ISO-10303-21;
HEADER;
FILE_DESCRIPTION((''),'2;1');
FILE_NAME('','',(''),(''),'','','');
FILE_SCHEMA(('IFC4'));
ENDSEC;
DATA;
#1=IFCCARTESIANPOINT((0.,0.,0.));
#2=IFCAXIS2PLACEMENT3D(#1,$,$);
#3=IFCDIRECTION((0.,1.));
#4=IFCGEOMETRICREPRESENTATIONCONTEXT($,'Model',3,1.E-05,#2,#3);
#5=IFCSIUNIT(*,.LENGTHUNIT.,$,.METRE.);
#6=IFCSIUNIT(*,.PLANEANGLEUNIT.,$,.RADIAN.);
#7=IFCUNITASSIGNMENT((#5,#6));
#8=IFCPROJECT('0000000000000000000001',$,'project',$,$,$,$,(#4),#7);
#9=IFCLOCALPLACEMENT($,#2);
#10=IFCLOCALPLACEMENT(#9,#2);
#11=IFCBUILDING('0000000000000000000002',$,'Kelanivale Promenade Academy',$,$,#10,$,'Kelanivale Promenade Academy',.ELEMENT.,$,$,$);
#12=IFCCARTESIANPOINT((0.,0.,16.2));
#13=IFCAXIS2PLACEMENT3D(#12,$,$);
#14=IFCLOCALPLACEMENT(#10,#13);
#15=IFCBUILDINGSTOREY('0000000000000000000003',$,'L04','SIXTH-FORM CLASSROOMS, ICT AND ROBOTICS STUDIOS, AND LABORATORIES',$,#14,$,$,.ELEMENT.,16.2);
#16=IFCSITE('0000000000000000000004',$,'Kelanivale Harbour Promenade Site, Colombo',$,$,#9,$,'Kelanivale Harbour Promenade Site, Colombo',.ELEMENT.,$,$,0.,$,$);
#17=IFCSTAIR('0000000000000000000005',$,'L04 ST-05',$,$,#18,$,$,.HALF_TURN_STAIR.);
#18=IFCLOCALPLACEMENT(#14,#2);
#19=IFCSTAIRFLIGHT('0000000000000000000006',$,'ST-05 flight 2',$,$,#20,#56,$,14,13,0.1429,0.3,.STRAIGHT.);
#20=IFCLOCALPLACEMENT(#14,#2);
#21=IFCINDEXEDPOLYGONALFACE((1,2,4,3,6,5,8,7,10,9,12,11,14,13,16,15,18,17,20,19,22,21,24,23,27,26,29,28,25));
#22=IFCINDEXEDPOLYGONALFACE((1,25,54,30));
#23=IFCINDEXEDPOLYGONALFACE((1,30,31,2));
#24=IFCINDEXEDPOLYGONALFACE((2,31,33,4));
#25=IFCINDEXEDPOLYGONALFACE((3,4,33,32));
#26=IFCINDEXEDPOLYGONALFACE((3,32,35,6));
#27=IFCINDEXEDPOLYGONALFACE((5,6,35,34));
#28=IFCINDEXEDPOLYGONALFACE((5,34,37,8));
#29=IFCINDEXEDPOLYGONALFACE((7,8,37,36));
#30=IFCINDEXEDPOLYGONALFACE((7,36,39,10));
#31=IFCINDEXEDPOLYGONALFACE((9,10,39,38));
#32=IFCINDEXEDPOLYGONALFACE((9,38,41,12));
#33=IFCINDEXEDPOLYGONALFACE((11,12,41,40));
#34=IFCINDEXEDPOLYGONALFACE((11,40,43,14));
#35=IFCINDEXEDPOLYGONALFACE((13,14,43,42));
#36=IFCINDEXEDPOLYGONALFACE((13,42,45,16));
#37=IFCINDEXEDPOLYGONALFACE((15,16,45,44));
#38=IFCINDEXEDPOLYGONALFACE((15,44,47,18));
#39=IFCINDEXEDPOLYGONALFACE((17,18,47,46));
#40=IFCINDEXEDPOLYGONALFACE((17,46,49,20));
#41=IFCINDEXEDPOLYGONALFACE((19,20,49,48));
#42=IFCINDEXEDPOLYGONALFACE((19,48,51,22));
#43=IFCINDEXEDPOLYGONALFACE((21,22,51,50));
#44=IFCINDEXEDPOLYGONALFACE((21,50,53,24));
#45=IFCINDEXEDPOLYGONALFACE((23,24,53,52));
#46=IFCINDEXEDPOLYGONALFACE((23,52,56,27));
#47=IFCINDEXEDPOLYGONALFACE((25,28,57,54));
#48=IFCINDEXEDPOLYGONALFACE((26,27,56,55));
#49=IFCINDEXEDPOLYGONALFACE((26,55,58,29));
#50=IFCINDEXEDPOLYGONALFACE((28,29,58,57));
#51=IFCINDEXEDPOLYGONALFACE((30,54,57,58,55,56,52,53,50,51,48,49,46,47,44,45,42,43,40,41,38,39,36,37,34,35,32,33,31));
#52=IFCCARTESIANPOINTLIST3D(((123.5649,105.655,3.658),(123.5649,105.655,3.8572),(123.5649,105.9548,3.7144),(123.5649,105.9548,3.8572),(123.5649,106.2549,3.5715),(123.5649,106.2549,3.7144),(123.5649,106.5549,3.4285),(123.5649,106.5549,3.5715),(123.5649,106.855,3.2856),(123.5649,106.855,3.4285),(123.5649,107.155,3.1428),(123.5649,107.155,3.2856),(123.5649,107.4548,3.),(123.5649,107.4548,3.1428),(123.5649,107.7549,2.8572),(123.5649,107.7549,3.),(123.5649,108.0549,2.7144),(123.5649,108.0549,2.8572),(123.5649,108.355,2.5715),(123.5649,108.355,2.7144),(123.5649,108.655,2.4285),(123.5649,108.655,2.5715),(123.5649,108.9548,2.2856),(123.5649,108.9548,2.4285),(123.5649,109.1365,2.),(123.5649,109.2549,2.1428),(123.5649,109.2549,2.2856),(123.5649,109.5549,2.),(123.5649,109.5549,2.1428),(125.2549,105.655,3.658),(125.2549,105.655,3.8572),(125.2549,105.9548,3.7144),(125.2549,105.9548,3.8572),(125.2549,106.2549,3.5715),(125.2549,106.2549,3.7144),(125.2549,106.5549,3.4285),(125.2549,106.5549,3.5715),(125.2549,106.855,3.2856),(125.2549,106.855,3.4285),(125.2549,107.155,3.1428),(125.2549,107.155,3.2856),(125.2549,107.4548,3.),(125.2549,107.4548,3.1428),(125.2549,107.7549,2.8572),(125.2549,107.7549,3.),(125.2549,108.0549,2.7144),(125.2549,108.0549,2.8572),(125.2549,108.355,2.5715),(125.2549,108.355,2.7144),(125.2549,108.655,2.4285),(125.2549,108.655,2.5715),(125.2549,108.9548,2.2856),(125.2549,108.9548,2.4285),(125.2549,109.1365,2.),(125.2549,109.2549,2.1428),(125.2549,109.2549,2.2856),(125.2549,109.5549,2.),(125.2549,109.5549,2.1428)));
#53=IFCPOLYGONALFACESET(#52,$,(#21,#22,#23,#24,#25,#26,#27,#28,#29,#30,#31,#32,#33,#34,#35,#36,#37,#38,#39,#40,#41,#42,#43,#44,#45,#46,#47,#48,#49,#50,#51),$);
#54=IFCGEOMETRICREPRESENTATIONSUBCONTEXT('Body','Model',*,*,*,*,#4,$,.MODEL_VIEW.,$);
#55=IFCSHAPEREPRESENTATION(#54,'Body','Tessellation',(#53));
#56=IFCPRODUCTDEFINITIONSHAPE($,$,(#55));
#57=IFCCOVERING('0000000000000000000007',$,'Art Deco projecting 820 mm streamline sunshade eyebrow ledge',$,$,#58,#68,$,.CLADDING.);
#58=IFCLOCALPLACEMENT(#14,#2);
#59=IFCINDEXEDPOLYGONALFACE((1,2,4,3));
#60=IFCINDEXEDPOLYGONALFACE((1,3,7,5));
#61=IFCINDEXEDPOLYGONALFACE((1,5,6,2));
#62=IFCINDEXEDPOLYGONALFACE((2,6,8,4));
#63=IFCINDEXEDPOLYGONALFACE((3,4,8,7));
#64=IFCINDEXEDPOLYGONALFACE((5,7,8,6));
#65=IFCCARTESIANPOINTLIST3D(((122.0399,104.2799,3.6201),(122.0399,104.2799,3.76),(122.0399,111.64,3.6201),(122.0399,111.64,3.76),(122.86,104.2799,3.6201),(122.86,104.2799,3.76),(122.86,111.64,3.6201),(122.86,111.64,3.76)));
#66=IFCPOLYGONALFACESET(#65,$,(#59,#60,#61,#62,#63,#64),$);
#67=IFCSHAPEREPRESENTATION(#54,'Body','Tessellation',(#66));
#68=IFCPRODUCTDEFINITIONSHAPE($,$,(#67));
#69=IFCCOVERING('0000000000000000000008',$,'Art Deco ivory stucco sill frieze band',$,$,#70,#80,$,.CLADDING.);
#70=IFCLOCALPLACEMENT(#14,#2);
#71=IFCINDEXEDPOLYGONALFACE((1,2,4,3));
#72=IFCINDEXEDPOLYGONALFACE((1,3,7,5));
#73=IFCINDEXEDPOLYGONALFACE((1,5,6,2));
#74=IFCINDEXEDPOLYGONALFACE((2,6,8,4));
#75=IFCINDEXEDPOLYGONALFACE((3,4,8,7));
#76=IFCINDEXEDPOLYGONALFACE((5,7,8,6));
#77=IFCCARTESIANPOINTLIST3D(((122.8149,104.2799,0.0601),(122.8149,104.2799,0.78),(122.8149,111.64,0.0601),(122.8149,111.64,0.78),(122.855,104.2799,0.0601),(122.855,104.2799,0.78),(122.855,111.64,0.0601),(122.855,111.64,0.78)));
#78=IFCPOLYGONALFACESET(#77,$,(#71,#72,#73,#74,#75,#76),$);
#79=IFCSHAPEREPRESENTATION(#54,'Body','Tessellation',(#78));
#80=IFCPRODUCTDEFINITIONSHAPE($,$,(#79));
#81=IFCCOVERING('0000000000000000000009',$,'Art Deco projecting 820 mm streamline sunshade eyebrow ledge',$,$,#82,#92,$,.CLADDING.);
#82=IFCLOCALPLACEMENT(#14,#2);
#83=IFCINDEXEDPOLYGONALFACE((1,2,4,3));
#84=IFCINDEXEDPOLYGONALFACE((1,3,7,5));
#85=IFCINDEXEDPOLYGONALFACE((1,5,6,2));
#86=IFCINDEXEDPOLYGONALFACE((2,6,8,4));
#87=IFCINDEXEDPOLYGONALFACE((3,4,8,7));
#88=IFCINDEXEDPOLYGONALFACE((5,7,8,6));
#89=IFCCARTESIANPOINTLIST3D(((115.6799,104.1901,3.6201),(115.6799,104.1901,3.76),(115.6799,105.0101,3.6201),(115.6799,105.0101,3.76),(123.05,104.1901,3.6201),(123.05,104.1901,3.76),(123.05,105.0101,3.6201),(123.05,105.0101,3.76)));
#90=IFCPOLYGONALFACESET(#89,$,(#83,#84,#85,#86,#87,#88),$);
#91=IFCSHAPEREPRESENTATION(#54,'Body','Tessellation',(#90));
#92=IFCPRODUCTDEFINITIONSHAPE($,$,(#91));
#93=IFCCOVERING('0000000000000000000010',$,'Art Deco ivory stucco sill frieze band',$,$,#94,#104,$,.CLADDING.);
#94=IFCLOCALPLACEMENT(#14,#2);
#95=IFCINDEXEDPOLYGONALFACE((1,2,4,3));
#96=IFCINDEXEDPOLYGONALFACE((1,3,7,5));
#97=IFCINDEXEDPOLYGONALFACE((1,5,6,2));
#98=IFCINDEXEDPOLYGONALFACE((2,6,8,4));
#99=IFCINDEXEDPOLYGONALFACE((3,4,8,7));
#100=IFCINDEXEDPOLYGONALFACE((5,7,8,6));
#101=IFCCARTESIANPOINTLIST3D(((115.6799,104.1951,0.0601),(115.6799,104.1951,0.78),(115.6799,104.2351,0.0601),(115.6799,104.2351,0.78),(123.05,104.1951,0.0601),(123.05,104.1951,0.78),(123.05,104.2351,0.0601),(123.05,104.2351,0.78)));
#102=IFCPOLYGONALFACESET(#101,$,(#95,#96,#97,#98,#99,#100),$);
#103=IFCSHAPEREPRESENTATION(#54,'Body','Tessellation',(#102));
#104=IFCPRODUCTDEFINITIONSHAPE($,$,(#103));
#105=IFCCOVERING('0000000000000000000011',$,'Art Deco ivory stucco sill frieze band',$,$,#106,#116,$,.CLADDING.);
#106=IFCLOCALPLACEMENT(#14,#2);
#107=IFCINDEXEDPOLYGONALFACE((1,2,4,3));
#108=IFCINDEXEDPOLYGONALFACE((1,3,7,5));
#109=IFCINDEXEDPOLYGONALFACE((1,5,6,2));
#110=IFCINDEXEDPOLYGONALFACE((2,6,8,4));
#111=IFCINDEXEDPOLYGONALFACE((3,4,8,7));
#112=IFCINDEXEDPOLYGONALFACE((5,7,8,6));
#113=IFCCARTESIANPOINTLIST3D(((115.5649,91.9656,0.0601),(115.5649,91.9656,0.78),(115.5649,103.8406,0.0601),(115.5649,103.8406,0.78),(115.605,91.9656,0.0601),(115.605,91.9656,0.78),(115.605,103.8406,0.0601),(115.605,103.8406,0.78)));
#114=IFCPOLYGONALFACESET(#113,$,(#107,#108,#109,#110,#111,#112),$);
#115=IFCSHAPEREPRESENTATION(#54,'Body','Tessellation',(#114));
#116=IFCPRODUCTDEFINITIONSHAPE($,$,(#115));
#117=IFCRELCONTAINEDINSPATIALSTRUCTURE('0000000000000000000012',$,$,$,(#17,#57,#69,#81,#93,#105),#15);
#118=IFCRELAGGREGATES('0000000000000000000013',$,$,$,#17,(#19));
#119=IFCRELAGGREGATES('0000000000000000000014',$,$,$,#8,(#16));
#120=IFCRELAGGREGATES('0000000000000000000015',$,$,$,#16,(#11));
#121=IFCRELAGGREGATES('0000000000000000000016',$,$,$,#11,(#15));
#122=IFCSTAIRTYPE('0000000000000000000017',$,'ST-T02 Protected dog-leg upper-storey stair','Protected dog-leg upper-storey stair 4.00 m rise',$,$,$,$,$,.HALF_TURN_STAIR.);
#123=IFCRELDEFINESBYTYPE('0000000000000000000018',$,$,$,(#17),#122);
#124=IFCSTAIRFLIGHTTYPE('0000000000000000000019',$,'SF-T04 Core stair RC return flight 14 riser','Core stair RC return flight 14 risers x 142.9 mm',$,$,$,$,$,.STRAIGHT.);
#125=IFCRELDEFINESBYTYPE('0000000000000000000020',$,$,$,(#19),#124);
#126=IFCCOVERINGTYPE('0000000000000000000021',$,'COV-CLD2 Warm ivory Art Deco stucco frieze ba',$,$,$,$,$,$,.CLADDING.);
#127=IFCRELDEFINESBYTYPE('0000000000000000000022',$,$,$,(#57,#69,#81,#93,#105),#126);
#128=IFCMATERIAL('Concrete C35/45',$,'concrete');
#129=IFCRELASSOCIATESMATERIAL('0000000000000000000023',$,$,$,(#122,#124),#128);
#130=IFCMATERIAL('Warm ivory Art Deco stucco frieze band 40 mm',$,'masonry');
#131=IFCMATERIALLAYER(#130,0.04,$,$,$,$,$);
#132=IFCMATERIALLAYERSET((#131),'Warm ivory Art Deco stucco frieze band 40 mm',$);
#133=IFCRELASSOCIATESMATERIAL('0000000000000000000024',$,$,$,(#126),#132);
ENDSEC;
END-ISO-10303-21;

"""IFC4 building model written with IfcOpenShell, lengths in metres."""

from ifc_helpers import new_model, si_unit, direction, frame, origin, origin_2d, place, context, subcontext, project, spatial, polyline, rectangle, outline, extrude, material, layer, layer_set, type_object, element, aggregate, save


model = new_model("IFC4")

# Units and contexts
model_context = context("Model", 3, precision=1e-05, world=origin(), true_north=direction((0.0, 1.0)))
body_context = subcontext(model_context, "Body", "Model", "MODEL_VIEW")
ifc_project = project(units=[si_unit("LENGTHUNIT", "METRE"), si_unit("PLANEANGLEUNIT", "RADIAN")], contexts=[model_context])

# Site, building, storey
site_placement = place(None, origin())
site = spatial("IfcSite", under=ifc_project, at=site_placement, Name="Kelanivale Harbour Promenade Site, Colombo", LongName="Kelanivale Harbour Promenade Site, Colombo", CompositionType="ELEMENT", RefElevation=0.0)
building_placement = place(site_placement, origin())
building = spatial("IfcBuilding", under=site, at=building_placement, Name="Kelanivale Promenade Academy", LongName="Kelanivale Promenade Academy", CompositionType="ELEMENT")
storey_placement = place(building_placement, frame((0.0, 0.0, 16.2)))
storey = spatial("IfcBuildingStorey", under=building, at=storey_placement, Name="L04", Description="SIXTH-FORM CLASSROOMS, ICT AND ROBOTICS STUDIOS, AND LABORATORIES", CompositionType="ELEMENT", Elevation=16.2)

# Shared definitions
ifc_material_1 = material(Name="Concrete C35/45", Category="concrete")

# Stair, stair flight
stair_type = type_object("IfcStairType", Name="ST-T02 Protected dog-leg upper-storey stair", Description="Protected dog-leg upper-storey stair 4.00 m rise", PredefinedType="HALF_TURN_STAIR", material=ifc_material_1)
stair_placement = place(storey_placement, origin())
stair = element("IfcStair", 1, at=stair_placement, inside=storey, type_object=stair_type, Name="L04 ST-05", PredefinedType="HALF_TURN_STAIR")
stair_flight_type = type_object("IfcStairFlightType", Name="SF-T04 Core stair RC return flight 14 riser", Description="Core stair RC return flight 14 risers x 142.9 mm", PredefinedType="STRAIGHT", material=ifc_material_1)
stair_flight_placement = place(storey_placement, frame((124.4099, 109.5549, 2.0), z_axis=(0.0, 0.0, 1.0), x_axis=(0.0, -1.0, 0.0)))
stair_flight = element("IfcStairFlight", 2, at=stair_flight_placement, type_object=stair_flight_type, Name="ST-05 flight 2", NumberOfRisers=14, NumberOfTreads=13, PredefinedType="STRAIGHT", RiserHeight=0.1429, TreadLength=0.3, context=body_context, shape_type="SweptSolid", body=[
    extrude(outline(polyline([(0.0, 0.0), (0.0, 0.1428), (0.3, 0.1428), (0.3, 0.2856), (0.6001, 0.2856), (0.6001, 0.4285), (0.8999, 0.4285), (0.8999, 0.5715), (1.2, 0.5715), (1.2, 0.7144), (1.5, 0.7144), (1.5, 0.8572), (1.8, 0.8572), (1.8, 1.0), (2.1001, 1.0), (2.1001, 1.1428), (2.3999, 1.1428), (2.3999, 1.2856), (2.7, 1.2856), (2.7, 1.4285), (3.0, 1.4285), (3.0, 1.5715), (3.3, 1.5715), (3.3, 1.7144), (3.6001, 1.7144), (3.6001, 1.8572), (3.8999, 1.8572), (3.8999, 2.0), (3.8999, 1.658), (0.4185, 0.0), (0.0, 0.0)])), frame((0.0, 0.845, 0.0), z_axis=(0.0, -1.0, 0.0), x_axis=(1.0, 0.0, 0.0)), (0.0, 0.0, 1.0), 1.6899),
])
aggregate(stair, [stair_flight])

# Coverings
ifc_material_2 = material(Name="Warm ivory Art Deco stucco frieze band 40 mm", Category="masonry")
ifc_layer_1 = layer(ifc_material_2, 0.04)
ifc_layer_set_1 = layer_set([ifc_layer_1], Name="Warm ivory Art Deco stucco frieze band 40 mm")
covering_type = type_object("IfcCoveringType", Name="COV-CLD2 Warm ivory Art Deco stucco frieze ba", PredefinedType="CLADDING", material=ifc_layer_set_1)
covering_1_placement = place(storey_placement, frame((122.45, 107.96, 3.6201), z_axis=(0.0, 0.0, 1.0), x_axis=(0.0, -1.0, 0.0)))
element("IfcCovering", 3, at=covering_1_placement, inside=storey, type_object=covering_type, Name="Art Deco projecting 820 mm streamline sunshade eyebrow ledge", PredefinedType="CLADDING", context=body_context, shape_type="SweptSolid", body=[
    extrude(rectangle(XDim=7.3601, YDim=0.8201, at=origin_2d()), origin(), (0.0, 0.0, 1.0), 0.1399),
])
covering_2_placement = place(storey_placement, frame((122.835, 107.96, 0.0601), z_axis=(0.0, 0.0, 1.0), x_axis=(0.0, -1.0, 0.0)))
element("IfcCovering", 4, at=covering_2_placement, inside=storey, type_object=covering_type, Name="Art Deco ivory stucco sill frieze band", PredefinedType="CLADDING", context=body_context, shape_type="SweptSolid", body=[
    extrude(rectangle(XDim=7.3601, YDim=0.04, at=origin_2d()), origin(), (0.0, 0.0, 1.0), 0.72),
])
covering_3_placement = place(storey_placement, frame((119.365, 104.6001, 3.6201), z_axis=(0.0, 0.0, 1.0), x_axis=(-1.0, 0.0, 0.0)))
element("IfcCovering", 5, at=covering_3_placement, inside=storey, type_object=covering_type, Name="Art Deco projecting 820 mm streamline sunshade eyebrow ledge", PredefinedType="CLADDING", context=body_context, shape_type="SweptSolid", body=[
    extrude(rectangle(XDim=7.3701, YDim=0.8201, at=origin_2d()), origin(), (0.0, 0.0, 1.0), 0.1399),
])
covering_4_placement = place(storey_placement, frame((119.365, 104.2151, 0.0601), z_axis=(0.0, 0.0, 1.0), x_axis=(-1.0, 0.0, 0.0)))
element("IfcCovering", 6, at=covering_4_placement, inside=storey, type_object=covering_type, Name="Art Deco ivory stucco sill frieze band", PredefinedType="CLADDING", context=body_context, shape_type="SweptSolid", body=[
    extrude(rectangle(XDim=7.3701, YDim=0.04, at=origin_2d()), origin(), (0.0, 0.0, 1.0), 0.72),
])
covering_5_placement = place(storey_placement, frame((115.585, 97.9031, 0.0601), z_axis=(0.0, 0.0, 1.0), x_axis=(0.0, -1.0, 0.0)))
element("IfcCovering", 7, at=covering_5_placement, inside=storey, type_object=covering_type, Name="Art Deco ivory stucco sill frieze band", PredefinedType="CLADDING", context=body_context, shape_type="SweptSolid", body=[
    extrude(rectangle(XDim=11.875, YDim=0.04, at=origin_2d()), origin(), (0.0, 0.0, 1.0), 0.72),
])

save(model, "model.ifc")
